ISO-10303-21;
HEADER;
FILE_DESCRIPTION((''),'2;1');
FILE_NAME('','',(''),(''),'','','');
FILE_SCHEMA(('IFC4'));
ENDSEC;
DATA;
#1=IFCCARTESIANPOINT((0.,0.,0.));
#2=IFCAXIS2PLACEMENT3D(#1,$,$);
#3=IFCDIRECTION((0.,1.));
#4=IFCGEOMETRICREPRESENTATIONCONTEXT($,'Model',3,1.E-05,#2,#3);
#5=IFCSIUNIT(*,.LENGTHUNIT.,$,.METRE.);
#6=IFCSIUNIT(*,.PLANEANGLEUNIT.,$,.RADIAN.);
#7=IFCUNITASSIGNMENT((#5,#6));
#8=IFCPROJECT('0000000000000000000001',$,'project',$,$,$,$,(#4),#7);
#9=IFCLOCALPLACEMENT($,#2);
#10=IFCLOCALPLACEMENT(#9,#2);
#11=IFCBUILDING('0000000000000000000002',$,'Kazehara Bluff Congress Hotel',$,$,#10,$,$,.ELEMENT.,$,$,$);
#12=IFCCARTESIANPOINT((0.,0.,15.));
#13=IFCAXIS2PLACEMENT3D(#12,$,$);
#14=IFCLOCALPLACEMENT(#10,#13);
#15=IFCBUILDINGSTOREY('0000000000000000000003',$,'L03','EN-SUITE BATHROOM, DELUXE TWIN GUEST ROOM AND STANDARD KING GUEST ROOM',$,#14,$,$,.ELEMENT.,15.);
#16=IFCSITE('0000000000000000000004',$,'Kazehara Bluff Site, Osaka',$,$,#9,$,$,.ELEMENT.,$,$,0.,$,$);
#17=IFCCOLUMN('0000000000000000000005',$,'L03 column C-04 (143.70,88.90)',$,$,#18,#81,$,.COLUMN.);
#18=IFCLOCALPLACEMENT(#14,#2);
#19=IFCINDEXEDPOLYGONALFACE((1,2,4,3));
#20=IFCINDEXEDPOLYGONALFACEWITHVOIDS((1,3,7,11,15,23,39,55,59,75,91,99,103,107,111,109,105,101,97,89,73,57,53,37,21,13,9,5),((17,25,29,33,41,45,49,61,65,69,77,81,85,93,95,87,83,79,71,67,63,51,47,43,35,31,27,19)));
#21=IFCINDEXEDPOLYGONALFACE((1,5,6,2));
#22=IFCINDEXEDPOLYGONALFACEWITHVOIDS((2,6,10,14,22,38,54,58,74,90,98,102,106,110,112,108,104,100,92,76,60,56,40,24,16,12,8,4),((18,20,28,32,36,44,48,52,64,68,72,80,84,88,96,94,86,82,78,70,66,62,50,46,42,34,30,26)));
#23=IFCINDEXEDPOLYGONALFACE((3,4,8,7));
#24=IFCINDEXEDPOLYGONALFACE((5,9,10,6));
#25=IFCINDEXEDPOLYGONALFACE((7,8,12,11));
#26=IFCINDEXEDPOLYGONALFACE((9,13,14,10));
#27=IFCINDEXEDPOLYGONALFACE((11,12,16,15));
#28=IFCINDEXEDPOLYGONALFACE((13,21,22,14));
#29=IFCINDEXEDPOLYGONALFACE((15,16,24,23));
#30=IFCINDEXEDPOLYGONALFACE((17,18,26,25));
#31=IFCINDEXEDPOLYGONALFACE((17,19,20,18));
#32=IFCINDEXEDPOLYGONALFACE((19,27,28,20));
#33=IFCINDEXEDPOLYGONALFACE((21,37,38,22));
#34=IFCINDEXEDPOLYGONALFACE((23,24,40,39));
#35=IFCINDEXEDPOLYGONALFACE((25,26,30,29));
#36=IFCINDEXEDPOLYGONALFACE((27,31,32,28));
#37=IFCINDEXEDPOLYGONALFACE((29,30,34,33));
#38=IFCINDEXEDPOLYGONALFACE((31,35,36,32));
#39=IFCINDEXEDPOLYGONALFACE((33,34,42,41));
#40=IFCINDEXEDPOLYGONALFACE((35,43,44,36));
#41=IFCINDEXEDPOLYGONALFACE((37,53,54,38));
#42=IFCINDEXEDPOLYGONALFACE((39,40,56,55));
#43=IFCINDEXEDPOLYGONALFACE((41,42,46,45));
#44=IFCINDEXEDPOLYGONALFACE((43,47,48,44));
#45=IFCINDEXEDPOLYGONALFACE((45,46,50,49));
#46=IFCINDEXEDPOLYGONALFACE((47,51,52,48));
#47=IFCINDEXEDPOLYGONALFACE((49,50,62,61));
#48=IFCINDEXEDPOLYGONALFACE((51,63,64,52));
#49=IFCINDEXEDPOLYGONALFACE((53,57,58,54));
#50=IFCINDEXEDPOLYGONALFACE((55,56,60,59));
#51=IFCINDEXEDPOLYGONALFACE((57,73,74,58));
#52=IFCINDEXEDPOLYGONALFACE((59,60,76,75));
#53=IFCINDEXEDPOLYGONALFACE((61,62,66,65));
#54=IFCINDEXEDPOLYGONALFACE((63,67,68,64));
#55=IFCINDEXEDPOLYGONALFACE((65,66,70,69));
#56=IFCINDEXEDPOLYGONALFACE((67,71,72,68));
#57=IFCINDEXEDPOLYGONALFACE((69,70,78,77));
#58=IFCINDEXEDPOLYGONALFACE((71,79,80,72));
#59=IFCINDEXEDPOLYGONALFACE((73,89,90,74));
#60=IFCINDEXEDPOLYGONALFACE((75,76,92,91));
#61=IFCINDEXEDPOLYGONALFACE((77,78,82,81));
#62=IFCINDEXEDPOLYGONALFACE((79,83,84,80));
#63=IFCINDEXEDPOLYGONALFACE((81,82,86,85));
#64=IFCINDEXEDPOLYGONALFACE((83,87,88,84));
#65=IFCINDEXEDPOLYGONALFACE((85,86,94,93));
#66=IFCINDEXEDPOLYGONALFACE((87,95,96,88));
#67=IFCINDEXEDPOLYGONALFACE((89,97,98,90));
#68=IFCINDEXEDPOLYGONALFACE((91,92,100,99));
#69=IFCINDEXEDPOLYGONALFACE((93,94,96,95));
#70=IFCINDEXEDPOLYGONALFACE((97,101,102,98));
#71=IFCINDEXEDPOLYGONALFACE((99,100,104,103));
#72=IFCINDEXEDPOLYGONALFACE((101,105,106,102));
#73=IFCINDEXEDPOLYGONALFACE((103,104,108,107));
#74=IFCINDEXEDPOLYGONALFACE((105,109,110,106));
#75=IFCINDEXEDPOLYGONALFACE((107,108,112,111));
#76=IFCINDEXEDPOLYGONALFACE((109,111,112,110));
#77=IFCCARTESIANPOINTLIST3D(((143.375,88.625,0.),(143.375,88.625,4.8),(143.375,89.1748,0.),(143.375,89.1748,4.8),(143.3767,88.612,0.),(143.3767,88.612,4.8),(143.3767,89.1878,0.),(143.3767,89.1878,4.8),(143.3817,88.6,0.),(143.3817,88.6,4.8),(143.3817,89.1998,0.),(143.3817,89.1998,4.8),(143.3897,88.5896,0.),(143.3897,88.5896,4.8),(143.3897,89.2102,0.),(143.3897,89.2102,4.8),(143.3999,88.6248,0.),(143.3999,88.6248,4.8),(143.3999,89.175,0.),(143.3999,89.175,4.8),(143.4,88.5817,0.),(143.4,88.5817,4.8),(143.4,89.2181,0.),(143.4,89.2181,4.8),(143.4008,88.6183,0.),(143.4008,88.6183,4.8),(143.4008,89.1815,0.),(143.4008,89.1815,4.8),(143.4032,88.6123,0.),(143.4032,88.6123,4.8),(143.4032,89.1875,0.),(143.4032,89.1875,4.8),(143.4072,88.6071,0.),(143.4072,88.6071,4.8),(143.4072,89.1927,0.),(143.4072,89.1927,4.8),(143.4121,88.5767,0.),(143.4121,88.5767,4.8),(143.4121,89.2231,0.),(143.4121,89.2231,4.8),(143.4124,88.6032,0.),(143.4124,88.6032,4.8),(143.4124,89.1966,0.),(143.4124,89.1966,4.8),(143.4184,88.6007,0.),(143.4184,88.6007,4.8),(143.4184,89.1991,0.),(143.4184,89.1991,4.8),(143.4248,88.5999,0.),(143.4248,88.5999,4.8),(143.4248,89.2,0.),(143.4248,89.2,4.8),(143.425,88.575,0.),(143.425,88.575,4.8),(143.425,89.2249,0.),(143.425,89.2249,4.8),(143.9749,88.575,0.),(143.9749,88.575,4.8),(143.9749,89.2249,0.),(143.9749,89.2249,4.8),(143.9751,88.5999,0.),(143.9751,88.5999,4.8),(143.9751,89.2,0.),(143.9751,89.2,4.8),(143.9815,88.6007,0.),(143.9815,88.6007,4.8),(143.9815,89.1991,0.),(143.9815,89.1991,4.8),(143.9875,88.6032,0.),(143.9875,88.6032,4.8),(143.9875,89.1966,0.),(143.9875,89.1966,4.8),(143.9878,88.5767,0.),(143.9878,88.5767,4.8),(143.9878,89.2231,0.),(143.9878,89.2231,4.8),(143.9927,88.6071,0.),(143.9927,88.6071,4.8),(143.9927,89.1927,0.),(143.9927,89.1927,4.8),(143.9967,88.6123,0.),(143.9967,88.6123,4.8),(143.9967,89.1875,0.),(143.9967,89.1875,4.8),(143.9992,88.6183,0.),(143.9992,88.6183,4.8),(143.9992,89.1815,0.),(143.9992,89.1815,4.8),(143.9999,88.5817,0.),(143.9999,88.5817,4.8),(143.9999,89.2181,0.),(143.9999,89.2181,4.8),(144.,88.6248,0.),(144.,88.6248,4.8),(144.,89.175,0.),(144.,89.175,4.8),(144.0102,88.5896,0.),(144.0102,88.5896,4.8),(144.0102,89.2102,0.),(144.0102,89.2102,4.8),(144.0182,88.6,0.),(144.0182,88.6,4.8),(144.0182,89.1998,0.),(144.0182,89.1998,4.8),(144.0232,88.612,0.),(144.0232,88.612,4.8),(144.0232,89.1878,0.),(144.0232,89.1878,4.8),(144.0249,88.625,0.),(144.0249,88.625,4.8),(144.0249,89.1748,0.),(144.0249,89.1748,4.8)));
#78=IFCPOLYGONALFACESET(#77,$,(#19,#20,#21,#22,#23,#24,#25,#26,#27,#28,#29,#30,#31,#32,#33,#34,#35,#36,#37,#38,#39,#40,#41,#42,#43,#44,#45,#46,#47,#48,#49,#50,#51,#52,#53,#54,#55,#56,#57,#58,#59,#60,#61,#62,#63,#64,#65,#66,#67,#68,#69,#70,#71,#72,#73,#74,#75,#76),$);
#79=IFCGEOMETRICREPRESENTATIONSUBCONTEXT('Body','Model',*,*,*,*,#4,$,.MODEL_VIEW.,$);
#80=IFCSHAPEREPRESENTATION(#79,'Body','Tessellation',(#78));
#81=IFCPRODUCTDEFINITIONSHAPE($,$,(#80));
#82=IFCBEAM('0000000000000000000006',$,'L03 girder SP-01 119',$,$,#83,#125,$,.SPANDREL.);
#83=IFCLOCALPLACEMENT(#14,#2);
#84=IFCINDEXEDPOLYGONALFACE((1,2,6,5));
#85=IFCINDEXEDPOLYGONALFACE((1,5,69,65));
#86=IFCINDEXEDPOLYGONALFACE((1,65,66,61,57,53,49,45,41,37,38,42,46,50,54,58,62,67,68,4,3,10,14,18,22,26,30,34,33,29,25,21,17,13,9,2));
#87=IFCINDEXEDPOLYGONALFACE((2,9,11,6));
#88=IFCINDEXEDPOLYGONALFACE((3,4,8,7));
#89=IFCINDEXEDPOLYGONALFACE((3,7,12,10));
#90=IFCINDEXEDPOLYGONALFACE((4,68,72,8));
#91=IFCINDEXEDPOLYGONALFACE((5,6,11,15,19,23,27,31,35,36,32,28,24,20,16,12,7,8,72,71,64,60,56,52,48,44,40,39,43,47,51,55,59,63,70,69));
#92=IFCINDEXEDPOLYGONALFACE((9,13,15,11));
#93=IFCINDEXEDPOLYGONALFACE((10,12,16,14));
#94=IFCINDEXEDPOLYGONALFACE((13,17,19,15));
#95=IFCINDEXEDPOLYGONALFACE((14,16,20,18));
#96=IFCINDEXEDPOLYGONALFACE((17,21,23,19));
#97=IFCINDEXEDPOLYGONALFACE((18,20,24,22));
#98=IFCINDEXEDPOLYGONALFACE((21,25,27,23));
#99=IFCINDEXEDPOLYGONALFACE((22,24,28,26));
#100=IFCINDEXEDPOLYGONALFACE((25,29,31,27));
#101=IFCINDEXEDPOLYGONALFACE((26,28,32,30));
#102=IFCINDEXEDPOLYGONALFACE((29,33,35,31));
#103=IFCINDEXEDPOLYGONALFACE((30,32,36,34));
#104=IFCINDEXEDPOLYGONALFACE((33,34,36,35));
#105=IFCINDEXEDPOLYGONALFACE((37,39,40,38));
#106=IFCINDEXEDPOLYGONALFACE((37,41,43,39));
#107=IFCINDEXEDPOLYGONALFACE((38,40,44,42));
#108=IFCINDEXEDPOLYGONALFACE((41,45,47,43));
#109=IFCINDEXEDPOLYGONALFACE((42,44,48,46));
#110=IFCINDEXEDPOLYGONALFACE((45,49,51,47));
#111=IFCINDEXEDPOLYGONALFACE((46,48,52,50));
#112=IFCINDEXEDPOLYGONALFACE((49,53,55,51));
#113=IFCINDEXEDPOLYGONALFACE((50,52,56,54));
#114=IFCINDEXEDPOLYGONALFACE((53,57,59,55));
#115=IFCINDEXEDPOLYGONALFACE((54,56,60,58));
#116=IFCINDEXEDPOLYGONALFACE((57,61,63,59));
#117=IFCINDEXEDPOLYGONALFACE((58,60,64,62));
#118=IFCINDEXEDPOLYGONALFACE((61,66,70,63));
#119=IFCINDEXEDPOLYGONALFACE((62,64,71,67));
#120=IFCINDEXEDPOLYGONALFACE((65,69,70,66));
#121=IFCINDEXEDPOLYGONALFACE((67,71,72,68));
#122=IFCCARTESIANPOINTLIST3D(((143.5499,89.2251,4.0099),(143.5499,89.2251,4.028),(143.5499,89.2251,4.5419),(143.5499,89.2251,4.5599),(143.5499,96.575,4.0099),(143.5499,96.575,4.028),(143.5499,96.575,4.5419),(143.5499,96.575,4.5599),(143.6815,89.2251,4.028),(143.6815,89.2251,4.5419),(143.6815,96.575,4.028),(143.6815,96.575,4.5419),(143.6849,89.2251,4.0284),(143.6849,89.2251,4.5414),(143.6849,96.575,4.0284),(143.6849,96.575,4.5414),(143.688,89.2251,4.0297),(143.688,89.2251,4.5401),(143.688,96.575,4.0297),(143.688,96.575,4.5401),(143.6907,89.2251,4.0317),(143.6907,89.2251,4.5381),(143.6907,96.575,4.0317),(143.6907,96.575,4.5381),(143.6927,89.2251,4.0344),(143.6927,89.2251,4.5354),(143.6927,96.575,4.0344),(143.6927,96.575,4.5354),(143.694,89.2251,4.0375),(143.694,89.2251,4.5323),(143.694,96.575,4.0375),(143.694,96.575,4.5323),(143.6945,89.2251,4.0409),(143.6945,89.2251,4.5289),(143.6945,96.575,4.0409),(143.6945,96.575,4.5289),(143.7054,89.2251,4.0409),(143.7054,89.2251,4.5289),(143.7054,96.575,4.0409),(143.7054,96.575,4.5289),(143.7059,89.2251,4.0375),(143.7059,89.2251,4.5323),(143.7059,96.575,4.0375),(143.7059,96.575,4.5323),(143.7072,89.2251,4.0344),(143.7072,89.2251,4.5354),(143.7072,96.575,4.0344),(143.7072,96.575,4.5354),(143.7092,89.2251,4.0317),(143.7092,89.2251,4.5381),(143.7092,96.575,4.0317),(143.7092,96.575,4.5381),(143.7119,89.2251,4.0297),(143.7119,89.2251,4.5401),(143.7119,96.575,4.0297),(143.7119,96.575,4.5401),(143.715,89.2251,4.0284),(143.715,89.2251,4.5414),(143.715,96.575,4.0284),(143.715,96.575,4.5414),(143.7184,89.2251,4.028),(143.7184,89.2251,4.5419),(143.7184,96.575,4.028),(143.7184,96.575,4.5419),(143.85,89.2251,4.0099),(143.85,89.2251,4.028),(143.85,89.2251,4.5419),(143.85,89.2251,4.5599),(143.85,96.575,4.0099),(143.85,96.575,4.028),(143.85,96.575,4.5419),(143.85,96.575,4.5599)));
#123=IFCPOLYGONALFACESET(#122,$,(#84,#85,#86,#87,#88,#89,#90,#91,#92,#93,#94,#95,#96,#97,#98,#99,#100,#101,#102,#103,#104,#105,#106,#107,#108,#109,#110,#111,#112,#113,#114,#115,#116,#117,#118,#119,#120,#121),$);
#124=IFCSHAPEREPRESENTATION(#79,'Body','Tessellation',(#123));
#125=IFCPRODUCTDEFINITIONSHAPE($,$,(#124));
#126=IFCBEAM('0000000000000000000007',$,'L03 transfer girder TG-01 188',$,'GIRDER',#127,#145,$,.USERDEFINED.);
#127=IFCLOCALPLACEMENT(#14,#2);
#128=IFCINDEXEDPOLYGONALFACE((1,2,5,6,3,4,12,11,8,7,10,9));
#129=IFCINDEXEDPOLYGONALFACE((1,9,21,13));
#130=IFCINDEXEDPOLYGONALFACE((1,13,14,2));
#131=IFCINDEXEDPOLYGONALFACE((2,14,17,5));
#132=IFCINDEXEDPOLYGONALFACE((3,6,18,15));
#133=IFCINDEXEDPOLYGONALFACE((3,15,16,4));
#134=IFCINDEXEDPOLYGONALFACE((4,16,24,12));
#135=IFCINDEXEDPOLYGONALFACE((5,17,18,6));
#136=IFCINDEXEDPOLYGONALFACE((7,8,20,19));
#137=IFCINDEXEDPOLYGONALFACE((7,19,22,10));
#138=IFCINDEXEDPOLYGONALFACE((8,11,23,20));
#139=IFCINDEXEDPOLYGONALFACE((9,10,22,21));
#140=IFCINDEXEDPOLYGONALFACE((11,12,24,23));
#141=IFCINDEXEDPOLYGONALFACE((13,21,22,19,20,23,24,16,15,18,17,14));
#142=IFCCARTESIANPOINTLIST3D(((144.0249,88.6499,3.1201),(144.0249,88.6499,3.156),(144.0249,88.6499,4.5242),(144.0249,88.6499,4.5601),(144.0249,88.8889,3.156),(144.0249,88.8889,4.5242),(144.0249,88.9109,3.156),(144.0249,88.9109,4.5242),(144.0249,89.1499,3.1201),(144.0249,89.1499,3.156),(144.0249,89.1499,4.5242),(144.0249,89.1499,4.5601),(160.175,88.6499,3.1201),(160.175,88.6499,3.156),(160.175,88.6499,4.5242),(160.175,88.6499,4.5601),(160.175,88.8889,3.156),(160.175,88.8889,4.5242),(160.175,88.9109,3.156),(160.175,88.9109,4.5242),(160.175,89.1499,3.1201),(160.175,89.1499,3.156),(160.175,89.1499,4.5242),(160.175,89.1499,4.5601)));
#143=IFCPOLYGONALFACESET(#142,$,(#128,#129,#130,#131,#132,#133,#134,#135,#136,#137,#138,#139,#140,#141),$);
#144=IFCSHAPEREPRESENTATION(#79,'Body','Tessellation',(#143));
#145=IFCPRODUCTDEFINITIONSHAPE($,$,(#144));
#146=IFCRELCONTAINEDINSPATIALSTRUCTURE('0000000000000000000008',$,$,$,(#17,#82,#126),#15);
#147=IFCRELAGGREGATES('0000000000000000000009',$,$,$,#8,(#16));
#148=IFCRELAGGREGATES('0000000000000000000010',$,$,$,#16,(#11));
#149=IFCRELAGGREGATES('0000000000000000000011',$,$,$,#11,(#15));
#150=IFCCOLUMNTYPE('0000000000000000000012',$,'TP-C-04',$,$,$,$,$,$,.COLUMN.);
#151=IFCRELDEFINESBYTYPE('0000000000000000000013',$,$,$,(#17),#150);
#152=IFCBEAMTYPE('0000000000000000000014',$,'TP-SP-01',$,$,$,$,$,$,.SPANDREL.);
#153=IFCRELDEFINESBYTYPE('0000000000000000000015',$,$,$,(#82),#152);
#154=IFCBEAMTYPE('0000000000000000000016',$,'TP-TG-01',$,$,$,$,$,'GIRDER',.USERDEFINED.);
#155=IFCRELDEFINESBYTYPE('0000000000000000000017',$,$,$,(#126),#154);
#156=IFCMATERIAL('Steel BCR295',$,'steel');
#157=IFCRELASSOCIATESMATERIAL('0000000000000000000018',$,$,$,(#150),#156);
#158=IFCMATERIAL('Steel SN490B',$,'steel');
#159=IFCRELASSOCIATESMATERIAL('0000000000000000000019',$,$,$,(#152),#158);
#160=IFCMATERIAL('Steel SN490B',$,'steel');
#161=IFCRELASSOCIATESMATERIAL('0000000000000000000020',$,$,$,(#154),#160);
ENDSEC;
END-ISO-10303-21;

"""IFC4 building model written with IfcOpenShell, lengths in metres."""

from ifc_helpers import new_model, si_unit, direction, frame, origin, origin_2d, place, context, subcontext, project, spatial, hollow_rectangle, i_section, extrude, material, material_profile, profile_set, type_object, element, save


model = new_model("IFC4")

# Units and contexts
model_context = context("Model", 3, precision=1e-05, world=origin(), true_north=direction((0.0, 1.0)))
body_context = subcontext(model_context, "Body", "Model", "MODEL_VIEW")
ifc_project = project(units=[si_unit("LENGTHUNIT", "METRE"), si_unit("PLANEANGLEUNIT", "RADIAN")], contexts=[model_context])

# Site, building, storey
site_placement = place(None, origin())
site = spatial("IfcSite", under=ifc_project, at=site_placement, Name="Kazehara Bluff Site, Osaka", CompositionType="ELEMENT", RefElevation=0.0)
building_placement = place(site_placement, origin())
building = spatial("IfcBuilding", under=site, at=building_placement, Name="Kazehara Bluff Congress Hotel", CompositionType="ELEMENT")
storey_placement = place(building_placement, frame((0.0, 0.0, 15.0)))
storey = spatial("IfcBuildingStorey", under=building, at=storey_placement, Name="L03", Description="EN-SUITE BATHROOM, DELUXE TWIN GUEST ROOM AND STANDARD KING GUEST ROOM", CompositionType="ELEMENT", Elevation=15.0)

# Column
ifc_material_1 = material(Name="Steel BCR295", Category="steel")
ifc_material_profile_1 = material_profile(ifc_material_1, hollow_rectangle(XDim=0.6499, YDim=0.6499, WallThickness=0.0249, InnerFilletRadius=0.0249, OuterFilletRadius=0.05, at=origin_2d()))
ifc_profile_set_1 = profile_set([ifc_material_profile_1], Name="Steel BCR295")
column_type = type_object("IfcColumnType", Name="TP-C-04", PredefinedType="COLUMN", material=ifc_profile_set_1)
column_placement = place(storey_placement, frame((143.7, 88.8999, 0.0), z_axis=(0.0, 0.0, 1.0), x_axis=(1.0, 0.0, 0.0)))
element("IfcColumn", 1, at=column_placement, inside=storey, type_object=column_type, Name="L03 column C-04 (143.70,88.90)", PredefinedType="COLUMN", context=body_context, shape_type="SweptSolid", body=[
    extrude(hollow_rectangle(XDim=0.6499, YDim=0.6499, WallThickness=0.0249, InnerFilletRadius=0.0249, OuterFilletRadius=0.05, at=origin_2d()), origin(), (0.0, 0.0, 1.0), 4.8),
])

# Beams
ifc_material_2 = material(Name="Steel SN490B", Category="steel")
ifc_material_profile_2 = material_profile(ifc_material_2, i_section(OverallWidth=0.3, OverallDepth=0.55, WebThickness=0.011, FlangeThickness=0.0181, FilletRadius=0.0129, at=origin_2d()))
ifc_profile_set_2 = profile_set([ifc_material_profile_2], Name="Steel SN490B")
beam_type_1 = type_object("IfcBeamType", Name="TP-SP-01", PredefinedType="SPANDREL", material=ifc_profile_set_2)
beam_1_placement = place(storey_placement, frame((143.7, 89.2251, 4.2849), z_axis=(0.0, 1.0, 0.0), x_axis=(-1.0, 0.0, 0.0)))
element("IfcBeam", 2, at=beam_1_placement, inside=storey, type_object=beam_type_1, Name="L03 girder SP-01 119", PredefinedType="SPANDREL", context=body_context, shape_type="SweptSolid", body=[
    extrude(i_section(OverallWidth=0.3, OverallDepth=0.55, WebThickness=0.011, FlangeThickness=0.0181, FilletRadius=0.0129, at=origin_2d()), origin(), (0.0, 0.0, 1.0), 7.3499),
])
ifc_material_3 = material(Name="Steel SN490B", Category="steel")
ifc_material_profile_3 = material_profile(ifc_material_3, i_section(OverallWidth=0.5, OverallDepth=1.4399, WebThickness=0.022, FlangeThickness=0.0359, at=origin_2d()))
ifc_profile_set_3 = profile_set([ifc_material_profile_3], Name="Steel SN490B")
beam_type_2 = type_object("IfcBeamType", Name="TP-TG-01", ElementType="GIRDER", PredefinedType="USERDEFINED", material=ifc_profile_set_3)
beam_2_placement = place(storey_placement, frame((144.0249, 88.8999, 3.8401), z_axis=(1.0, 0.0, 0.0), x_axis=(0.0, 1.0, 0.0)))
element("IfcBeam", 3, at=beam_2_placement, inside=storey, type_object=beam_type_2, Name="L03 transfer girder TG-01 188", ObjectType="GIRDER", PredefinedType="USERDEFINED", context=body_context, shape_type="SweptSolid", body=[
    extrude(i_section(OverallWidth=0.5, OverallDepth=1.4399, WebThickness=0.022, FlangeThickness=0.0359, at=origin_2d()), origin(), (0.0, 0.0, 1.0), 16.1501),
])

save(model, "model.ifc")
